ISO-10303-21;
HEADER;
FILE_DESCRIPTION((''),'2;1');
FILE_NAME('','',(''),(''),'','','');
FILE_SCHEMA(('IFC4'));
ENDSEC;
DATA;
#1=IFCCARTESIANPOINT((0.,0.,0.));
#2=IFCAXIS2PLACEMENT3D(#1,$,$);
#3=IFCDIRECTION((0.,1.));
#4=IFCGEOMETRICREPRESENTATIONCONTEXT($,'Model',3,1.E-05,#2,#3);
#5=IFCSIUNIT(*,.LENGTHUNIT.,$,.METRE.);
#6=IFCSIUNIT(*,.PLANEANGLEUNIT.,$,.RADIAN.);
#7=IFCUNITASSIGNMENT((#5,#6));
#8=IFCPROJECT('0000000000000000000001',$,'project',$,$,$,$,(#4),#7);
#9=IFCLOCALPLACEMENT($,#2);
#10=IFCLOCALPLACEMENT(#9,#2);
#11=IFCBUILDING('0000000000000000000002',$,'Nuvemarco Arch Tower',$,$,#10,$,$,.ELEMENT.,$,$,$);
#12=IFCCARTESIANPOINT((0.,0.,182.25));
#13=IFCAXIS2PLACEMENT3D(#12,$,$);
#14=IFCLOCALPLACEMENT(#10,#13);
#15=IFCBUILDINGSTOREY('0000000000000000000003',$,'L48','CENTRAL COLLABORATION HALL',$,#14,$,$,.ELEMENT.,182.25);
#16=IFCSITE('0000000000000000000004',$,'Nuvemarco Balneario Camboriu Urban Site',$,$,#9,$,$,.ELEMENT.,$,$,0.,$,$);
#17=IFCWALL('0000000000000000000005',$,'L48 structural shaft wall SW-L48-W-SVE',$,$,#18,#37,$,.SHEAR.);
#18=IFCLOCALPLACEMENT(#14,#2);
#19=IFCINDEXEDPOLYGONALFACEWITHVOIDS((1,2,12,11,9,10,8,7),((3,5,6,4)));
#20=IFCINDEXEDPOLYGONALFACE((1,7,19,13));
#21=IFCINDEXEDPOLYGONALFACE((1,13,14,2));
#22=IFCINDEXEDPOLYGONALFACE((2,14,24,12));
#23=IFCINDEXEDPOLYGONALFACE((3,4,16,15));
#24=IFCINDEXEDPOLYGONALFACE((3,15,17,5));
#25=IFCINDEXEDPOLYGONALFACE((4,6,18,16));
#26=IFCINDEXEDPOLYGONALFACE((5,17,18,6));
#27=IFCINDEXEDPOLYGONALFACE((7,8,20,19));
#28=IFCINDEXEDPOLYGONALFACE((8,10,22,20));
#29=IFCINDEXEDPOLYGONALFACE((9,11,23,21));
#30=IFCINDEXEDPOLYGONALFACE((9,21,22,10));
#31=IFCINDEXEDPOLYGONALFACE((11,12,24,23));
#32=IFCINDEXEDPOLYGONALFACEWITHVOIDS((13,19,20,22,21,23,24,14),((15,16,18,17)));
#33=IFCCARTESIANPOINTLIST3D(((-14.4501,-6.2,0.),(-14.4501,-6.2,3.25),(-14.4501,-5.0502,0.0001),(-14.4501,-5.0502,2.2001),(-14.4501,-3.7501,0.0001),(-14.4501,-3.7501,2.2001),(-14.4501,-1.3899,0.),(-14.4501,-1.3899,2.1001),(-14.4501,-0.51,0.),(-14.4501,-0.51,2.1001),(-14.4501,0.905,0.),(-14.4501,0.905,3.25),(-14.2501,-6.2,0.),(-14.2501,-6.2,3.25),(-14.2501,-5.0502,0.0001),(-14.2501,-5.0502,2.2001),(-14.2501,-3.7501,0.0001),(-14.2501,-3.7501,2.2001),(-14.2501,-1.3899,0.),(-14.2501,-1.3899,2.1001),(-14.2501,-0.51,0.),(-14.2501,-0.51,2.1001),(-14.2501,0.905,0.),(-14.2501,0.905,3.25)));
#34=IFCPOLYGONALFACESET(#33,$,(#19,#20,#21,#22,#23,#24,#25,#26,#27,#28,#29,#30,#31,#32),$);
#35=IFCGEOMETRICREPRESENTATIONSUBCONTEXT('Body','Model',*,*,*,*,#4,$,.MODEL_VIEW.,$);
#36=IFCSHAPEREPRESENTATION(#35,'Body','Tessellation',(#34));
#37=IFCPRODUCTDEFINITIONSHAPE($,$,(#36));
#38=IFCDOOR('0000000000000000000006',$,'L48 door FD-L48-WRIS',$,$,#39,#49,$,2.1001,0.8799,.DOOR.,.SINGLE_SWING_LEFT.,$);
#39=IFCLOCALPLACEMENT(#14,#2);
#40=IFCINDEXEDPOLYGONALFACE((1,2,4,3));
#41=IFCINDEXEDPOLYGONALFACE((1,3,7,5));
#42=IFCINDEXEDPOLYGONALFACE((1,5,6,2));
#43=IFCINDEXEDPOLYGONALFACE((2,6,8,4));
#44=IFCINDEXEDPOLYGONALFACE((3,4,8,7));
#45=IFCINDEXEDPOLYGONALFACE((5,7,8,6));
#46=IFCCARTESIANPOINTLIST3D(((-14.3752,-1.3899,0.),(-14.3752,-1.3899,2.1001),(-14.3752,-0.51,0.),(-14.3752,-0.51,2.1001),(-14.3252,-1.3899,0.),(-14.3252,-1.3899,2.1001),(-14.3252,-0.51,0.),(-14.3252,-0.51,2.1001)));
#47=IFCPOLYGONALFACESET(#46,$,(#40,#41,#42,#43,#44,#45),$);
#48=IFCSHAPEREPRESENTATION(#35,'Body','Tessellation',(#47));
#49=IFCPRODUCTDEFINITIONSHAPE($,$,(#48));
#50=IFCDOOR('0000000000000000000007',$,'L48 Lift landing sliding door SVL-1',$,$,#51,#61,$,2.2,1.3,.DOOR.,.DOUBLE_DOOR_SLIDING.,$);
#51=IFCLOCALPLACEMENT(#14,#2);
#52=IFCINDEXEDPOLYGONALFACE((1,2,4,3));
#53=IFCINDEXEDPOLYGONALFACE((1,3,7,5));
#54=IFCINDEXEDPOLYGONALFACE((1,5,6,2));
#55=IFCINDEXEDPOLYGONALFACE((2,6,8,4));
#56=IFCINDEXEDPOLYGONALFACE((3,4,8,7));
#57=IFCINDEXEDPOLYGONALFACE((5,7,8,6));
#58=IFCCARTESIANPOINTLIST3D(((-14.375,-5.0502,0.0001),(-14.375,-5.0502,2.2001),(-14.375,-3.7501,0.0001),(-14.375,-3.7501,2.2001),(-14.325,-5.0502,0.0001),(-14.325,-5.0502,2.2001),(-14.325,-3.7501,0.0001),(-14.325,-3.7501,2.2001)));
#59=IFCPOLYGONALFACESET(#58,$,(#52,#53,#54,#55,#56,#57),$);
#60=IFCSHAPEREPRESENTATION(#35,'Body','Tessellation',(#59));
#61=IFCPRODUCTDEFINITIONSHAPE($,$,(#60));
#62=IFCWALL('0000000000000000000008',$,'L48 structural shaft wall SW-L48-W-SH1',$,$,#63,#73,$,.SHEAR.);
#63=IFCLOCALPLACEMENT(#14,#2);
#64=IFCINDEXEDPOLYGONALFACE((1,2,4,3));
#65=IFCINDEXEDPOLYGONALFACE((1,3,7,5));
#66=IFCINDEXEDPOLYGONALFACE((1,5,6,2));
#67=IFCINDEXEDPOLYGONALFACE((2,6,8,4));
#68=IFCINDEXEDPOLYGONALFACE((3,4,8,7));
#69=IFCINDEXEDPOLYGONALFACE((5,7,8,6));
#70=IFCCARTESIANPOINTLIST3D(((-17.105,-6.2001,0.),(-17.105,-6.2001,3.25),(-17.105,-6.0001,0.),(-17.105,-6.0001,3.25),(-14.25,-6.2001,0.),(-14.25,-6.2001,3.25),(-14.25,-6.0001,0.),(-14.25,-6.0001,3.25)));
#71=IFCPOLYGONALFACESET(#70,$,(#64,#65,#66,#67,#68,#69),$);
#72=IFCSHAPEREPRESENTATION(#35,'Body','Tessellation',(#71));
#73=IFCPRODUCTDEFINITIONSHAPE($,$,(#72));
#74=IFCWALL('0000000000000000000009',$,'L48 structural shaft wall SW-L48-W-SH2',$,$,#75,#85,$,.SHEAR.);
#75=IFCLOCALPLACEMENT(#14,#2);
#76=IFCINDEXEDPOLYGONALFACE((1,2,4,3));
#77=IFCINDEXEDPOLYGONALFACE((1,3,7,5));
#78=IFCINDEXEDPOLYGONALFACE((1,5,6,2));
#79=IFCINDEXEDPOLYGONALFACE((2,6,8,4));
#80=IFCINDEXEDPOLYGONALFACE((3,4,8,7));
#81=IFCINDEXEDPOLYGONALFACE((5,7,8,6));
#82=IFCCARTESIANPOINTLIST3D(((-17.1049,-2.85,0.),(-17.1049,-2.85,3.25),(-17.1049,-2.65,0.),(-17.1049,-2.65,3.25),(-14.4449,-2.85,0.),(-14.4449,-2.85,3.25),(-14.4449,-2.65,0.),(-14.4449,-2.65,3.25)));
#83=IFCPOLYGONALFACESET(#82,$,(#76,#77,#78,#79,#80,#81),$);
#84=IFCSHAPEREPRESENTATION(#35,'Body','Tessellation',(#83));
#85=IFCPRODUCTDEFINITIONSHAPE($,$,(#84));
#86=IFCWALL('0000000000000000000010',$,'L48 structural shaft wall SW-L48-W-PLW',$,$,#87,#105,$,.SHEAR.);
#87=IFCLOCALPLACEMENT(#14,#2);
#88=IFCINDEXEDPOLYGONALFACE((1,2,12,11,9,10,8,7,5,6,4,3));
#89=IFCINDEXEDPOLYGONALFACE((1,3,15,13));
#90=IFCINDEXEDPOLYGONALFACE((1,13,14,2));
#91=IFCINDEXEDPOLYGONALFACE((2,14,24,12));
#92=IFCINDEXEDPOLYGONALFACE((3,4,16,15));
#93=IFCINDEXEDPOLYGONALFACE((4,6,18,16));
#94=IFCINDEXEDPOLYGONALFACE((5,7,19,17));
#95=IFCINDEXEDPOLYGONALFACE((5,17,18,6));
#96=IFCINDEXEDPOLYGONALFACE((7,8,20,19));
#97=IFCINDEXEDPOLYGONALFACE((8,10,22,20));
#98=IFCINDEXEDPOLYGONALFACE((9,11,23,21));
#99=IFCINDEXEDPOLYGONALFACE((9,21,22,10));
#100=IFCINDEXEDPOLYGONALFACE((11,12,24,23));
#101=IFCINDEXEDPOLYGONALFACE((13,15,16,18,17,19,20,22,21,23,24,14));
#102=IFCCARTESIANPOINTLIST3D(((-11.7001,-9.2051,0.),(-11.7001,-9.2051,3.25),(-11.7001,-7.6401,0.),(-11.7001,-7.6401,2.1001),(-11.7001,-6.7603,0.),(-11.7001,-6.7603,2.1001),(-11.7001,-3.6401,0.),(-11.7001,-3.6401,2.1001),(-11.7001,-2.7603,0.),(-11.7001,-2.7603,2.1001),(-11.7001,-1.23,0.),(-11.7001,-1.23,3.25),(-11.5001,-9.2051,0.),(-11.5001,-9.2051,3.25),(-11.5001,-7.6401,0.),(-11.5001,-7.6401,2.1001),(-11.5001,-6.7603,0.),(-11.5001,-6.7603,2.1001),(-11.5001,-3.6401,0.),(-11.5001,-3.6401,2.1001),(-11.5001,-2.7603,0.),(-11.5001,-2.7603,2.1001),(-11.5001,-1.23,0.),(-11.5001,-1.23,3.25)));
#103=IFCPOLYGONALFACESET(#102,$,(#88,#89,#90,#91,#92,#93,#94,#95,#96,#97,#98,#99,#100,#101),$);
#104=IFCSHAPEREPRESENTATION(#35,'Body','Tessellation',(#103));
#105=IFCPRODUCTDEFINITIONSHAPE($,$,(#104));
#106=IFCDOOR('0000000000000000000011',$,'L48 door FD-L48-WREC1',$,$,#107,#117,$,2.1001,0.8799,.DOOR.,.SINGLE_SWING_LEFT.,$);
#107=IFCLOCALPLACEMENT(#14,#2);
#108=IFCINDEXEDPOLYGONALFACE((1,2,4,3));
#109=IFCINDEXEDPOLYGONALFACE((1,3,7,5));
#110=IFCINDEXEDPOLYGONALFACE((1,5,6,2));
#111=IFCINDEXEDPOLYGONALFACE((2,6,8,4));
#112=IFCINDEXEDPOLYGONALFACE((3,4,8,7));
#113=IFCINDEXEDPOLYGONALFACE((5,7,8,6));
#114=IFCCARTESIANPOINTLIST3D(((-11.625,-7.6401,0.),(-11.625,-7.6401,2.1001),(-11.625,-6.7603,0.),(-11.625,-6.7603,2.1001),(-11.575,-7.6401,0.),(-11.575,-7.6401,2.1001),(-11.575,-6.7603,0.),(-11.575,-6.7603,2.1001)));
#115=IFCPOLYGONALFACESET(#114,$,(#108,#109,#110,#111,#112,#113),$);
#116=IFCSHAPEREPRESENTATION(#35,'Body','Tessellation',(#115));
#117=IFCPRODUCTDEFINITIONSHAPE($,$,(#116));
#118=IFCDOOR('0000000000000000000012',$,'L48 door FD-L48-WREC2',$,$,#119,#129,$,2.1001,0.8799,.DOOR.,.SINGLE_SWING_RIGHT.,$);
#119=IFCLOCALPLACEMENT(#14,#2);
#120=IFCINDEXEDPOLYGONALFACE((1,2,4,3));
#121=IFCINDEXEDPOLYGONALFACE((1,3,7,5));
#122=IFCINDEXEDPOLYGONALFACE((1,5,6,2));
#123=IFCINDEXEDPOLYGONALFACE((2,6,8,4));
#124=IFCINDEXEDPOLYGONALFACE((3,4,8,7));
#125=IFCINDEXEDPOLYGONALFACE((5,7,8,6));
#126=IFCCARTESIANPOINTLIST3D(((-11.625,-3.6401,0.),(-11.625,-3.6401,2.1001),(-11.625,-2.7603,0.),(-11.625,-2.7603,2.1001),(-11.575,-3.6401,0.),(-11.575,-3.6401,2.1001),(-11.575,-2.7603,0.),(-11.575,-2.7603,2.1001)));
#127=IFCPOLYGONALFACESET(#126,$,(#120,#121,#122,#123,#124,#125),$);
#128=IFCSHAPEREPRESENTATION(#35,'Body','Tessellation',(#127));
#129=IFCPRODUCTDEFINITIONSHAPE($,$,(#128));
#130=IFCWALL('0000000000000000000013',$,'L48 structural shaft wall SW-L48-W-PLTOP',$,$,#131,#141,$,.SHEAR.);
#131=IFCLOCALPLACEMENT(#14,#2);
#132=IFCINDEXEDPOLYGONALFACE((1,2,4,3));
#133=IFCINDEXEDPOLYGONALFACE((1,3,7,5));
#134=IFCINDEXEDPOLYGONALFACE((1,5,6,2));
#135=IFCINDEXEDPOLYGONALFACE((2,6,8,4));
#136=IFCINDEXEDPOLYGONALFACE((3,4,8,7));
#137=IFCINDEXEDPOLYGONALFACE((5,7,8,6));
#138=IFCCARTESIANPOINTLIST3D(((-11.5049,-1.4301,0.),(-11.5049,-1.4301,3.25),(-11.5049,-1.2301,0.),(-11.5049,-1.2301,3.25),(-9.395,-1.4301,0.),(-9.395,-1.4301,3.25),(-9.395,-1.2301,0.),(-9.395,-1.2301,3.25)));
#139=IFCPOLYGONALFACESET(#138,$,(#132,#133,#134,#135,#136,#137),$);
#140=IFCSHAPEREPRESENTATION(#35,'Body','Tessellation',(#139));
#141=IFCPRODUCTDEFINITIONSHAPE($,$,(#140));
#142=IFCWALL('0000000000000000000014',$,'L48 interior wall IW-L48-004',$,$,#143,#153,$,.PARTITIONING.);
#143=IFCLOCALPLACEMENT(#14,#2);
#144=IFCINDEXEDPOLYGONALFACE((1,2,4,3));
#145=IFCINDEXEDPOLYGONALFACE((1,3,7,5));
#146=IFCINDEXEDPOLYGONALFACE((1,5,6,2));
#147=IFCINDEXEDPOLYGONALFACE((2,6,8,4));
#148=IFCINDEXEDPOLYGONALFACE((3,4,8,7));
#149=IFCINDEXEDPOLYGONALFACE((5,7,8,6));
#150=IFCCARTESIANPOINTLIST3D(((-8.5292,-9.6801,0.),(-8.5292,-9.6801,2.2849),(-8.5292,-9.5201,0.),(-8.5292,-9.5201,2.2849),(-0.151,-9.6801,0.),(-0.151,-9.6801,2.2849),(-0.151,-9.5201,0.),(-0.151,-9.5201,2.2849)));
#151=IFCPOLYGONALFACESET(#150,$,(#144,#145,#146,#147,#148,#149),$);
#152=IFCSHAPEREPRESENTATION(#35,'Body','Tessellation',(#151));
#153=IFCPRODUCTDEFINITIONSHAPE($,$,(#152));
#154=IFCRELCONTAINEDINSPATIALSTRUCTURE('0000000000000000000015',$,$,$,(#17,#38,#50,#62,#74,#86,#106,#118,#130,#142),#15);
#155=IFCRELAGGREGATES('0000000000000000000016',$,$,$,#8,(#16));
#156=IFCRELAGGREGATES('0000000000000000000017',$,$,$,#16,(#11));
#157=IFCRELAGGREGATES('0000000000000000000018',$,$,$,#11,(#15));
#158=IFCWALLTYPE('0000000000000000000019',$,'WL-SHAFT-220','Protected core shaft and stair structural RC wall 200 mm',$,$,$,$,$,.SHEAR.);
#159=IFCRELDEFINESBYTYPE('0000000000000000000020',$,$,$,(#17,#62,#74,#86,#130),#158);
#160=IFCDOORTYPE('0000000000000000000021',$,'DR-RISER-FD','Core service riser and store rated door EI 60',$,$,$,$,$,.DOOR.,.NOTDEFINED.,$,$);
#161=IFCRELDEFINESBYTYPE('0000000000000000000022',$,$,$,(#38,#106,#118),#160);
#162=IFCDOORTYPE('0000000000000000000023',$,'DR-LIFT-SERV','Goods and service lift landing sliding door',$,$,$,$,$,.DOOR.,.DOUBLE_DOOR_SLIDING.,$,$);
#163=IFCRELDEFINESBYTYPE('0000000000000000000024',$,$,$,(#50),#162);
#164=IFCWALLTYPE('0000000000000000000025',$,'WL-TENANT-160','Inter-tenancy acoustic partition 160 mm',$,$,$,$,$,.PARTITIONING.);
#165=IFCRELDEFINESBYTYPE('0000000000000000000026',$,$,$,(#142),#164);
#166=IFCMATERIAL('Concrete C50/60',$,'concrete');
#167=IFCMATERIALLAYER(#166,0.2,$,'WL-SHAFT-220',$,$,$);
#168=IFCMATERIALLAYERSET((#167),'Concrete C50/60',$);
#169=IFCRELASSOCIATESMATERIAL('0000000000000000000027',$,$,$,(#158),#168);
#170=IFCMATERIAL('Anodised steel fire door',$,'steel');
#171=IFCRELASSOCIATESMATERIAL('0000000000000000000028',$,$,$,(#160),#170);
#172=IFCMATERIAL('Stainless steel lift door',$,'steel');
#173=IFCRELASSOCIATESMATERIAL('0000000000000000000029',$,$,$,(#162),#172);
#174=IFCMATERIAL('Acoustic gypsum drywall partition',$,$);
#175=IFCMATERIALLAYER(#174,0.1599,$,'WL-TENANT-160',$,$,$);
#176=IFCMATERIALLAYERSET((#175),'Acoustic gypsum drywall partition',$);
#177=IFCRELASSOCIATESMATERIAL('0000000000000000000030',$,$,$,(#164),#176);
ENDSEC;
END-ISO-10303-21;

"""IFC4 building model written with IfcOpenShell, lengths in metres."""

from ifc_helpers import new_model, si_unit, direction, frame, frame_2d, origin, place, context, subcontext, project, spatial, rectangle, extrude, source, transform, mapped, material, layer, layer_set, type_object, type_shapes, element, fill, save


model = new_model("IFC4")

# Units and contexts
model_context = context("Model", 3, precision=1e-05, world=origin(), true_north=direction((0.0, 1.0)))
body_context = subcontext(model_context, "Body", "Model", "MODEL_VIEW")
ifc_project = project(units=[si_unit("LENGTHUNIT", "METRE"), si_unit("PLANEANGLEUNIT", "RADIAN")], contexts=[model_context])

# Site, building, storey
site_placement = place(None, origin())
site = spatial("IfcSite", under=ifc_project, at=site_placement, Name="Nuvemarco Balneario Camboriu Urban Site", CompositionType="ELEMENT", RefElevation=0.0)
building_placement = place(site_placement, origin())
building = spatial("IfcBuilding", under=site, at=building_placement, Name="Nuvemarco Arch Tower", CompositionType="ELEMENT")
storey_placement = place(building_placement, frame((0.0, 0.0, 182.25)))
storey = spatial("IfcBuildingStorey", under=building, at=storey_placement, Name="L48", Description="CENTRAL COLLABORATION HALL", CompositionType="ELEMENT", Elevation=182.25)

# Shared definitions
ifc_material_1 = material(Name="Concrete C50/60", Category="concrete")

# Shared definitions
ifc_material_2 = material(Name="Anodised steel fire door", Category="steel")

# Shared definitions
ifc_layer_1 = layer(ifc_material_1, 0.2, Name="WL-SHAFT-220")
ifc_layer_set_1 = layer_set([ifc_layer_1], Name="Concrete C50/60")
wall_type_1 = type_object("IfcWallType", Name="WL-SHAFT-220", Description="Protected core shaft and stair structural RC wall 200 mm", PredefinedType="SHEAR", material=ifc_layer_set_1)
ifc_material_3 = material(Name="Stainless steel lift door", Category="steel")

# Wall, openings, doors
wall_1_placement = place(storey_placement, frame((-14.3501, -6.2, 0.0), z_axis=(0.0, 0.0, 1.0), x_axis=(0.0, 1.0, 0.0)))
wall_1 = element("IfcWall", 1, at=wall_1_placement, inside=storey, type_object=wall_type_1, Name="L48 structural shaft wall SW-L48-W-SVE", PredefinedType="SHEAR", context=body_context, shape_type="SweptSolid", body=[
    extrude(rectangle(XDim=7.105, YDim=0.2, at=frame_2d((3.5525, 0.0))), origin(), (0.0, 0.0, 1.0), 3.25),
])
opening_1_placement = place(wall_1_placement, frame((5.6899, 0.0, 0.0), z_axis=(0.0, 0.0, 1.0), x_axis=(-1.0, 0.0, 0.0)))
opening_1 = element("IfcOpeningElement", 2, at=opening_1_placement, cuts=wall_1, PredefinedType="OPENING", context=body_context, shape_type="SweptSolid", body=[
    extrude(rectangle(XDim=0.8799, YDim=2.1001, at=frame_2d((0.4399, 1.05))), frame((0.0, 0.1099, 0.0), z_axis=(0.0, -1.0, 0.0), x_axis=(1.0, 0.0, 0.0)), (0.0, 0.0, 1.0), 0.22),
])
opening_2_placement = place(wall_1_placement, frame((1.1499, 0.0, 0.0)))
opening_2 = element("IfcOpeningElement", 3, at=opening_2_placement, cuts=wall_1, PredefinedType="OPENING", context=body_context, shape_type="SweptSolid", body=[
    extrude(rectangle(XDim=1.3, YDim=2.2, at=frame_2d((0.6499, 1.1001))), frame((0.0, 0.1099, 0.0), z_axis=(0.0, -1.0, 0.0), x_axis=(1.0, 0.0, 0.0)), (0.0, 0.0, 1.0), 0.22),
])
door_type_1 = type_object("IfcDoorType", Name="DR-RISER-FD", Description="Core service riser and store rated door EI 60", OperationType="NOTDEFINED", PredefinedType="DOOR", material=ifc_material_2)
shared_shape_1 = source(origin(), body_context, "Body", "SweptSolid", [
    extrude(rectangle(XDim=0.8799, YDim=2.1001, at=frame_2d((0.4399, 1.05))), frame((0.0, 0.0249, 0.0), z_axis=(0.0, -1.0, 0.0), x_axis=(1.0, 0.0, 0.0)), (0.0, 0.0, 1.0), 0.05),
])
type_shapes(door_type_1, [shared_shape_1])
door_1_placement = place(opening_1_placement, origin())
door_1 = element("IfcDoor", 4, at=door_1_placement, inside=storey, type_object=door_type_1, Name="L48 door FD-L48-WRIS", OperationType="SINGLE_SWING_LEFT", OverallHeight=2.1001, OverallWidth=0.8799, PredefinedType="DOOR", context=body_context, shape_type="MappedRepresentation", body=[
    mapped(shared_shape_1, transform((0.0, 0.0, 0.0), scale=1.0)),
])
fill(opening_1, door_1)
door_type_2 = type_object("IfcDoorType", Name="DR-LIFT-SERV", Description="Goods and service lift landing sliding door", OperationType="DOUBLE_DOOR_SLIDING", PredefinedType="DOOR", material=ifc_material_3)
shared_shape_2 = source(origin(), body_context, "Body", "SweptSolid", [
    extrude(rectangle(XDim=1.3, YDim=2.2, at=frame_2d((0.6499, 1.1001))), frame((0.0, 0.0249, 0.0), z_axis=(0.0, -1.0, 0.0), x_axis=(1.0, 0.0, 0.0)), (0.0, 0.0, 1.0), 0.05),
])
type_shapes(door_type_2, [shared_shape_2])
door_2_placement = place(opening_2_placement, origin())
door_2 = element("IfcDoor", 5, at=door_2_placement, inside=storey, type_object=door_type_2, Name="L48 Lift landing sliding door SVL-1", OperationType="DOUBLE_DOOR_SLIDING", OverallHeight=2.2, OverallWidth=1.3, PredefinedType="DOOR", context=body_context, shape_type="MappedRepresentation", body=[
    mapped(shared_shape_2, transform((0.0, 0.0, 0.0), scale=1.0)),
])
fill(opening_2, door_2)

# Walls
wall_2_placement = place(storey_placement, frame((-17.105, -6.1001, 0.0), z_axis=(0.0, 0.0, 1.0), x_axis=(1.0, 0.0, 0.0)))
element("IfcWall", 6, at=wall_2_placement, inside=storey, type_object=wall_type_1, Name="L48 structural shaft wall SW-L48-W-SH1", PredefinedType="SHEAR", context=body_context, shape_type="SweptSolid", body=[
    extrude(rectangle(XDim=2.855, YDim=0.2, at=frame_2d((1.4275, 0.0))), origin(), (0.0, 0.0, 1.0), 3.25),
])
wall_3_placement = place(storey_placement, frame((-17.105, -2.75, 0.0), z_axis=(0.0, 0.0, 1.0), x_axis=(1.0, 0.0, 0.0)))
element("IfcWall", 7, at=wall_3_placement, inside=storey, type_object=wall_type_1, Name="L48 structural shaft wall SW-L48-W-SH2", PredefinedType="SHEAR", context=body_context, shape_type="SweptSolid", body=[
    extrude(rectangle(XDim=2.6599, YDim=0.2, at=frame_2d((1.3301, 0.0))), origin(), (0.0, 0.0, 1.0), 3.25),
])

# Wall, openings, doors
wall_4_placement = place(storey_placement, frame((-11.6001, -9.2051, 0.0), z_axis=(0.0, 0.0, 1.0), x_axis=(0.0, 1.0, 0.0)))
wall_4 = element("IfcWall", 8, at=wall_4_placement, inside=storey, type_object=wall_type_1, Name="L48 structural shaft wall SW-L48-W-PLW", PredefinedType="SHEAR", context=body_context, shape_type="SweptSolid", body=[
    extrude(rectangle(XDim=7.9751, YDim=0.2, at=frame_2d((3.9875, 0.0))), origin(), (0.0, 0.0, 1.0), 3.25),
])
opening_3_placement = place(wall_4_placement, frame((1.5649, 0.0, 0.0)))
opening_3 = element("IfcOpeningElement", 9, at=opening_3_placement, cuts=wall_4, PredefinedType="OPENING", context=body_context, shape_type="SweptSolid", body=[
    extrude(rectangle(XDim=0.8799, YDim=2.1001, at=frame_2d((0.4399, 1.05))), frame((0.0, 0.1099, 0.0), z_axis=(0.0, -1.0, 0.0), x_axis=(1.0, 0.0, 0.0)), (0.0, 0.0, 1.0), 0.22),
])
opening_4_placement = place(wall_4_placement, frame((5.5649, 0.0, 0.0)))
opening_4 = element("IfcOpeningElement", 10, at=opening_4_placement, cuts=wall_4, PredefinedType="OPENING", context=body_context, shape_type="SweptSolid", body=[
    extrude(rectangle(XDim=0.8799, YDim=2.1001, at=frame_2d((0.4399, 1.05))), frame((0.0, 0.1099, 0.0), z_axis=(0.0, -1.0, 0.0), x_axis=(1.0, 0.0, 0.0)), (0.0, 0.0, 1.0), 0.22),
])
door_3_placement = place(opening_3_placement, origin())
door_3 = element("IfcDoor", 11, at=door_3_placement, inside=storey, type_object=door_type_1, Name="L48 door FD-L48-WREC1", OperationType="SINGLE_SWING_LEFT", OverallHeight=2.1001, OverallWidth=0.8799, PredefinedType="DOOR", context=body_context, shape_type="MappedRepresentation", body=[
    mapped(shared_shape_1, transform((0.0, 0.0, 0.0), scale=1.0)),
])
fill(opening_3, door_3)
door_4_placement = place(opening_4_placement, origin())
door_4 = element("IfcDoor", 12, at=door_4_placement, inside=storey, type_object=door_type_1, Name="L48 door FD-L48-WREC2", OperationType="SINGLE_SWING_RIGHT", OverallHeight=2.1001, OverallWidth=0.8799, PredefinedType="DOOR", context=body_context, shape_type="MappedRepresentation", body=[
    mapped(shared_shape_1, transform((0.0, 0.0, 0.0), scale=1.0)),
])
fill(opening_4, door_4)

# Walls
wall_5_placement = place(storey_placement, frame((-11.5049, -1.3301, 0.0), z_axis=(0.0, 0.0, 1.0), x_axis=(1.0, 0.0, 0.0)))
element("IfcWall", 13, at=wall_5_placement, inside=storey, type_object=wall_type_1, Name="L48 structural shaft wall SW-L48-W-PLTOP", PredefinedType="SHEAR", context=body_context, shape_type="SweptSolid", body=[
    extrude(rectangle(XDim=2.1099, YDim=0.2, at=frame_2d((1.0549, 0.0))), origin(), (0.0, 0.0, 1.0), 3.25),
])
ifc_material_4 = material(Name="Acoustic gypsum drywall partition")
ifc_layer_2 = layer(ifc_material_4, 0.1599, Name="WL-TENANT-160")
ifc_layer_set_2 = layer_set([ifc_layer_2], Name="Acoustic gypsum drywall partition")
wall_type_2 = type_object("IfcWallType", Name="WL-TENANT-160", Description="Inter-tenancy acoustic partition 160 mm", PredefinedType="PARTITIONING", material=ifc_layer_set_2)
wall_6_placement = place(storey_placement, frame((-8.5291, -9.6001, 0.0), z_axis=(0.0, 0.0, 1.0), x_axis=(1.0, 0.0, 0.0)))
element("IfcWall", 14, at=wall_6_placement, inside=storey, type_object=wall_type_2, Name="L48 interior wall IW-L48-004", PredefinedType="PARTITIONING", context=body_context, shape_type="SweptSolid", body=[
    extrude(rectangle(XDim=8.3782, YDim=0.1599, at=frame_2d((4.189, 0.0))), origin(), (0.0, 0.0, 1.0), 2.2849),
])

save(model, "model.ifc")
